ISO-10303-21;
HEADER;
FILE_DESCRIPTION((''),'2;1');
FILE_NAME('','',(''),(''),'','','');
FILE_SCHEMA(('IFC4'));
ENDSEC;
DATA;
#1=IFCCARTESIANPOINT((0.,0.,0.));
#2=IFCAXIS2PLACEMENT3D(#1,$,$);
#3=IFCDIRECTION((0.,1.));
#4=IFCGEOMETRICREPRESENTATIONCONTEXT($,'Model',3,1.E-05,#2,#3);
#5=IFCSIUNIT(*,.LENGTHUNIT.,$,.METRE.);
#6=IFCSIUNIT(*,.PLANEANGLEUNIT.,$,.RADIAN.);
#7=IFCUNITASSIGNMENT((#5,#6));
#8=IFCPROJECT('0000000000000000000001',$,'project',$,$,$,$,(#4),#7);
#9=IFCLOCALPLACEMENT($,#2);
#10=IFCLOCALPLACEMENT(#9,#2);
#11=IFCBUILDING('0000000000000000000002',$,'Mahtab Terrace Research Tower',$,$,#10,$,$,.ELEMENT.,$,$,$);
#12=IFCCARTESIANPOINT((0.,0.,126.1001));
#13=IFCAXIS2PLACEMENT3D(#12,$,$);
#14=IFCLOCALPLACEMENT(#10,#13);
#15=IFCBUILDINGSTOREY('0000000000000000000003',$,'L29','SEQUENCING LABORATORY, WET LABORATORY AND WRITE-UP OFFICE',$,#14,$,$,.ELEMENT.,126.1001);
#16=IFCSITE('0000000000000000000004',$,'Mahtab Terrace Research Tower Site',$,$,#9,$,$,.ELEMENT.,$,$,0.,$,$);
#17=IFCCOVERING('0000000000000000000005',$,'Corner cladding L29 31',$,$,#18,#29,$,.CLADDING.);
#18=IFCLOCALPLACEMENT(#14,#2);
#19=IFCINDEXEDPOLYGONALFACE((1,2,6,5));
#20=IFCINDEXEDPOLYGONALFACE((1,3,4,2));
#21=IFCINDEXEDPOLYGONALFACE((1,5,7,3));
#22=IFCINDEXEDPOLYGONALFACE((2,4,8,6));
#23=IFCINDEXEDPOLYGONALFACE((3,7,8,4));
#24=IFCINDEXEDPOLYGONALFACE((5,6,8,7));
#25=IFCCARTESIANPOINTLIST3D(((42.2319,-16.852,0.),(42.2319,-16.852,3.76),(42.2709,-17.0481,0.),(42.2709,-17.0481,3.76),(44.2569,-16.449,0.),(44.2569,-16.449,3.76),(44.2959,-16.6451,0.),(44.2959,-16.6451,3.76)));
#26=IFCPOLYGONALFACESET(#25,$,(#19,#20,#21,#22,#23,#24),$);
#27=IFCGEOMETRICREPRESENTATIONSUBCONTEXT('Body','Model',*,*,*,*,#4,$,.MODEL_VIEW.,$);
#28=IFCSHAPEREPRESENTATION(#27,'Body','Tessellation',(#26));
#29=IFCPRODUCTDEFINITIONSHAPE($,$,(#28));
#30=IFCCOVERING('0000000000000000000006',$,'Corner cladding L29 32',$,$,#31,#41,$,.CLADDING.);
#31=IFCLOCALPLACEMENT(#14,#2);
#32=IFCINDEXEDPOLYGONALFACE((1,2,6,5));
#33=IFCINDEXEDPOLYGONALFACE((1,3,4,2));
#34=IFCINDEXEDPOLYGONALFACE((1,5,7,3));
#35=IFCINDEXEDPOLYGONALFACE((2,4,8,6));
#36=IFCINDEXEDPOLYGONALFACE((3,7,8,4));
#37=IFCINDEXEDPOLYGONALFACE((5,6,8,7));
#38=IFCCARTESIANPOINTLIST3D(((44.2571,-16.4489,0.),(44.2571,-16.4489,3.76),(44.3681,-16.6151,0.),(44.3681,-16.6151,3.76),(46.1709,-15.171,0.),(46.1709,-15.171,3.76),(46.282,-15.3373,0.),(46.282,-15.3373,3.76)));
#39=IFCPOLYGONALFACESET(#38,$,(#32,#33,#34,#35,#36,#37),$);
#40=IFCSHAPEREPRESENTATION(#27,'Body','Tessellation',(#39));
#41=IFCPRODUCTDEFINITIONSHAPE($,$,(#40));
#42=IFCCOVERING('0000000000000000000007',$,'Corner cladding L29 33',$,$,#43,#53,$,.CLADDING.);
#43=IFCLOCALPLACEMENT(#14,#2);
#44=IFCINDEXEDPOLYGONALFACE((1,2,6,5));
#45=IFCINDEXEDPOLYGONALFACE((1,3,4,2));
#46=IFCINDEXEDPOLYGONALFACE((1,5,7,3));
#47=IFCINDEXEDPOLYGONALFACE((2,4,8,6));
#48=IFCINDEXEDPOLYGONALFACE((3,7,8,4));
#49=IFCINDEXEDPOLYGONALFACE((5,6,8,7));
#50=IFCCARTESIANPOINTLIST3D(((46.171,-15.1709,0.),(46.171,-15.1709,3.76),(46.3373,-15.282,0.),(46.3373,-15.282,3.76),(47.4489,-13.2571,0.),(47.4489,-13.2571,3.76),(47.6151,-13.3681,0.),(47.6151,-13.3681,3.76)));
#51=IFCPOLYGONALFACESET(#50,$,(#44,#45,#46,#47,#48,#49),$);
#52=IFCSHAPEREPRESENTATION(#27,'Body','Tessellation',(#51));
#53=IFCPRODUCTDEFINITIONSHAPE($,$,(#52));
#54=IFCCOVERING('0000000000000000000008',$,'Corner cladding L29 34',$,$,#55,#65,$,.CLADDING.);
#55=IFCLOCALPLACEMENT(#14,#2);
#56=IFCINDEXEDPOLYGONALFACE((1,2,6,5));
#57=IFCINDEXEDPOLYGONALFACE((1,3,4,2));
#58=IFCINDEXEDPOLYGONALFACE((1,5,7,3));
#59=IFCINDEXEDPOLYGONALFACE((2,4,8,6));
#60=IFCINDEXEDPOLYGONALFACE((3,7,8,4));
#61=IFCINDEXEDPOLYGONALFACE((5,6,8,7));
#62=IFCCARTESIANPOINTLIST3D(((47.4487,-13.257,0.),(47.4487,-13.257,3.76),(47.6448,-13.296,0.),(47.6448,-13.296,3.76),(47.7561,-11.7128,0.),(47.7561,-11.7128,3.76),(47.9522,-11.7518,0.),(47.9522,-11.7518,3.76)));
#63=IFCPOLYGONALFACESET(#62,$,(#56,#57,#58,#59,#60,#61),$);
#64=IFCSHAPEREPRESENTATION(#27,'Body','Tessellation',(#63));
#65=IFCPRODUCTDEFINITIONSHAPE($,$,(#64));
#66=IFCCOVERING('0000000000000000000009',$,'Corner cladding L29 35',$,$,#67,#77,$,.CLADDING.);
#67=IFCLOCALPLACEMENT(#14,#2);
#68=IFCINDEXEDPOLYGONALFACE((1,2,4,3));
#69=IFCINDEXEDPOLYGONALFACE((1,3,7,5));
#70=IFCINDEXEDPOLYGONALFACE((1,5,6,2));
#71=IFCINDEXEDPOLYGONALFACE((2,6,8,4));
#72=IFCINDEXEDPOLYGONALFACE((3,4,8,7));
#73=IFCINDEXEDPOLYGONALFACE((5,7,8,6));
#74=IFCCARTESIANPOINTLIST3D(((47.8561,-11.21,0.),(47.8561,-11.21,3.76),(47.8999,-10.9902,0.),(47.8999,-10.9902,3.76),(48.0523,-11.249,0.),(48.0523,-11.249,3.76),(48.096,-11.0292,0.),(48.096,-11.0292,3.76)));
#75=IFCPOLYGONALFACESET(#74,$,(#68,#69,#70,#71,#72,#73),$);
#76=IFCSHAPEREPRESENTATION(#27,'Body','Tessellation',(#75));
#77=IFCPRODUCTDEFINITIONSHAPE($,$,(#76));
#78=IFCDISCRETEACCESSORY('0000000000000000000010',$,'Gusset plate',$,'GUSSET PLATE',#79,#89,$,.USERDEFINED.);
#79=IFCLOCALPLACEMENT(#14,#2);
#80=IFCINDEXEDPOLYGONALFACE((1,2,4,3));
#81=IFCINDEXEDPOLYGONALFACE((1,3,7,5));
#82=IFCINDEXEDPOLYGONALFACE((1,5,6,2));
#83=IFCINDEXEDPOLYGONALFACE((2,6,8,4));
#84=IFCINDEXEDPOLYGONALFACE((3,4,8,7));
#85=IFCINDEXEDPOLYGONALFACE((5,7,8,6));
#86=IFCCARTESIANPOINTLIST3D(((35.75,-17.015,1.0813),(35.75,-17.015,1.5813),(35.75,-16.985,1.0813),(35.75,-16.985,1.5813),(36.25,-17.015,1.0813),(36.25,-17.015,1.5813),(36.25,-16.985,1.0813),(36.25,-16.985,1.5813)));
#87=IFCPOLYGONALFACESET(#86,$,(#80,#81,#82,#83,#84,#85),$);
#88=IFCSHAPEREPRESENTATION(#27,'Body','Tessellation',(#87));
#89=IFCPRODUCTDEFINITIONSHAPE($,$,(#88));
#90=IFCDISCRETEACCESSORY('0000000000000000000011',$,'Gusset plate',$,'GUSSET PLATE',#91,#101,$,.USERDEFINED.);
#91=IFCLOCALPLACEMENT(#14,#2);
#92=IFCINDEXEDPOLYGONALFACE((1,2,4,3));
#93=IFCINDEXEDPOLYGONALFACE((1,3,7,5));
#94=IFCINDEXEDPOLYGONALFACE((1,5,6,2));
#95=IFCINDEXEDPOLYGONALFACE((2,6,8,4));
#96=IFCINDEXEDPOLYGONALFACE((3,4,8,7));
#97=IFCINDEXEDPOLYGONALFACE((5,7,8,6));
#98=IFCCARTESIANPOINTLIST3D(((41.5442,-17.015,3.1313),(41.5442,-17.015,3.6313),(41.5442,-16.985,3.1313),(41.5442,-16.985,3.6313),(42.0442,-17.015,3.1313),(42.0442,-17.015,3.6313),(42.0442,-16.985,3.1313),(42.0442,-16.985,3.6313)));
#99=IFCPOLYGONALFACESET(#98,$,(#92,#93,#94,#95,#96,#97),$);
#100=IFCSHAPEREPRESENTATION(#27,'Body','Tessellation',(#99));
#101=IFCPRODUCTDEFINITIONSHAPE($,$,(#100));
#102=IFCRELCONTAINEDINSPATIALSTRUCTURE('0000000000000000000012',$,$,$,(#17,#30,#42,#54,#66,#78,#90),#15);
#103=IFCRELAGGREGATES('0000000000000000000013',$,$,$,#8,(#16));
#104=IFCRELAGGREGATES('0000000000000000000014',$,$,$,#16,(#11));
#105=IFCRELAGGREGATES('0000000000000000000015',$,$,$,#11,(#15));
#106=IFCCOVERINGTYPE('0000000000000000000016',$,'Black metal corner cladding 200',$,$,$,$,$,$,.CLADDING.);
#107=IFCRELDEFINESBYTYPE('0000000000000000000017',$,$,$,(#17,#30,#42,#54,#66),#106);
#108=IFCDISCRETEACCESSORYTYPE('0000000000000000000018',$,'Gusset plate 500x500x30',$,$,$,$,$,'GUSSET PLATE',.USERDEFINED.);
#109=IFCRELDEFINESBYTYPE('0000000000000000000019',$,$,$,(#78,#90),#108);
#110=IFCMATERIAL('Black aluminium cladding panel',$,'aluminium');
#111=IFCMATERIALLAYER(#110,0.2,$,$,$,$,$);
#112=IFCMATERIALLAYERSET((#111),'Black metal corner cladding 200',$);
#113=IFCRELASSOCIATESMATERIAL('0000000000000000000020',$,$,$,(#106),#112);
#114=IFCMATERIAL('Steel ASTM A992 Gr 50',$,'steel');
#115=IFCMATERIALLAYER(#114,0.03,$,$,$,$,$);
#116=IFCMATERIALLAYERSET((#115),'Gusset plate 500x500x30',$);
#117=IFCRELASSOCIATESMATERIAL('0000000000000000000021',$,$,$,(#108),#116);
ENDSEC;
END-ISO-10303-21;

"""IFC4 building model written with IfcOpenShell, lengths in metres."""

from ifc_helpers import new_model, si_unit, direction, frame, origin, origin_2d, place, context, subcontext, project, spatial, rectangle, extrude, material, layer, layer_set, type_object, element, save


model = new_model("IFC4")

# Units and contexts
model_context = context("Model", 3, precision=1e-05, world=origin(), true_north=direction((0.0, 1.0)))
body_context = subcontext(model_context, "Body", "Model", "MODEL_VIEW")
ifc_project = project(units=[si_unit("LENGTHUNIT", "METRE"), si_unit("PLANEANGLEUNIT", "RADIAN")], contexts=[model_context])

# Site, building, storey
site_placement = place(None, origin())
site = spatial("IfcSite", under=ifc_project, at=site_placement, Name="Mahtab Terrace Research Tower Site", CompositionType="ELEMENT", RefElevation=0.0)
building_placement = place(site_placement, origin())
building = spatial("IfcBuilding", under=site, at=building_placement, Name="Mahtab Terrace Research Tower", CompositionType="ELEMENT")
storey_placement = place(building_placement, frame((0.0, 0.0, 126.1001)))
storey = spatial("IfcBuildingStorey", under=building, at=storey_placement, Name="L29", Description="SEQUENCING LABORATORY, WET LABORATORY AND WRITE-UP OFFICE", CompositionType="ELEMENT", Elevation=126.1001)

# Shared definitions
ifc_material_1 = material(Name="Steel ASTM A992 Gr 50", Category="steel")

# Coverings
ifc_material_2 = material(Name="Black aluminium cladding panel", Category="aluminium")
ifc_layer_1 = layer(ifc_material_2, 0.2)
ifc_layer_set_1 = layer_set([ifc_layer_1], Name="Black metal corner cladding 200")
covering_type = type_object("IfcCoveringType", Name="Black metal corner cladding 200", PredefinedType="CLADDING", material=ifc_layer_set_1)
covering_1_placement = place(storey_placement, frame((43.2639, -16.7485, 0.0), z_axis=(0.0, 0.0, 1.0), x_axis=(0.980761, 0.195212, 0.0)))
element("IfcCovering", 1, at=covering_1_placement, inside=storey, type_object=covering_type, Name="Corner cladding L29 31", PredefinedType="CLADDING", context=body_context, shape_type="SweptSolid", body=[
    extrude(rectangle(XDim=2.0647, YDim=0.2, at=origin_2d()), origin(), (0.0, 0.0, 1.0), 3.76),
])
for number, where, z_axis, x_axis, name in (
    (2, (45.2695, -15.8931, 0.0), (0.0, 0.0, 1.0), (0.831656, 0.555291, 0.0), "Corner cladding L29 32"),
    (3, (46.8931, -14.2695, 0.0), (0.0, 0.0, 1.0), (0.555291, 0.831656, 0.0), "Corner cladding L29 33"),
):
    element("IfcCovering", number, at=place(storey_placement, frame(where, z_axis=z_axis, x_axis=x_axis)), inside=storey, type_object=covering_type, Name=name, PredefinedType="CLADDING", context=body_context, shape_type="SweptSolid", body=[
        extrude(rectangle(XDim=2.3013, YDim=0.2, at=origin_2d()), origin(), (0.0, 0.0, 1.0), 3.76),
    ])
covering_2_placement = place(storey_placement, frame((47.7004, -12.5044, 0.0), z_axis=(0.0, 0.0, 1.0), x_axis=(0.195212, 0.980761, 0.0)))
element("IfcCovering", 4, at=covering_2_placement, inside=storey, type_object=covering_type, Name="Corner cladding L29 34", PredefinedType="CLADDING", context=body_context, shape_type="SweptSolid", body=[
    extrude(rectangle(XDim=1.5745, YDim=0.2, at=origin_2d()), origin(), (0.0, 0.0, 1.0), 3.76),
])
covering_3_placement = place(storey_placement, frame((47.9761, -11.1196, 0.0), z_axis=(0.0, 0.0, 1.0), x_axis=(0.195212, 0.980761, 0.0)))
element("IfcCovering", 5, at=covering_3_placement, inside=storey, type_object=covering_type, Name="Corner cladding L29 35", PredefinedType="CLADDING", context=body_context, shape_type="SweptSolid", body=[
    extrude(rectangle(XDim=0.2241, YDim=0.2, at=origin_2d()), origin(), (0.0, 0.0, 1.0), 3.76),
])

# Discrete accessories
ifc_layer_2 = layer(ifc_material_1, 0.03)
ifc_layer_set_2 = layer_set([ifc_layer_2], Name="Gusset plate 500x500x30")
discrete_accessory_type = type_object("IfcDiscreteAccessoryType", Name="Gusset plate 500x500x30", ElementType="GUSSET PLATE", PredefinedType="USERDEFINED", material=ifc_layer_set_2)
for number, where, z_axis, x_axis, name in (
    (6, (36.0, -17.0, 1.0813), (0.0, 0.0, 1.0), (1.0, 0.0, 0.0), "Gusset plate"),
    (7, (41.7942, -17.0, 3.1313), (0.0, 0.0, 1.0), (1.0, 0.0, 0.0), "Gusset plate"),
):
    element("IfcDiscreteAccessory", number, at=place(storey_placement, frame(where, z_axis=z_axis, x_axis=x_axis)), inside=storey, type_object=discrete_accessory_type, Name=name, ObjectType="GUSSET PLATE", PredefinedType="USERDEFINED", context=body_context, shape_type="SweptSolid", body=[
        extrude(rectangle(XDim=0.5, YDim=0.03, at=origin_2d()), origin(), (0.0, 0.0, 1.0), 0.5),
    ])

save(model, "model.ifc")
